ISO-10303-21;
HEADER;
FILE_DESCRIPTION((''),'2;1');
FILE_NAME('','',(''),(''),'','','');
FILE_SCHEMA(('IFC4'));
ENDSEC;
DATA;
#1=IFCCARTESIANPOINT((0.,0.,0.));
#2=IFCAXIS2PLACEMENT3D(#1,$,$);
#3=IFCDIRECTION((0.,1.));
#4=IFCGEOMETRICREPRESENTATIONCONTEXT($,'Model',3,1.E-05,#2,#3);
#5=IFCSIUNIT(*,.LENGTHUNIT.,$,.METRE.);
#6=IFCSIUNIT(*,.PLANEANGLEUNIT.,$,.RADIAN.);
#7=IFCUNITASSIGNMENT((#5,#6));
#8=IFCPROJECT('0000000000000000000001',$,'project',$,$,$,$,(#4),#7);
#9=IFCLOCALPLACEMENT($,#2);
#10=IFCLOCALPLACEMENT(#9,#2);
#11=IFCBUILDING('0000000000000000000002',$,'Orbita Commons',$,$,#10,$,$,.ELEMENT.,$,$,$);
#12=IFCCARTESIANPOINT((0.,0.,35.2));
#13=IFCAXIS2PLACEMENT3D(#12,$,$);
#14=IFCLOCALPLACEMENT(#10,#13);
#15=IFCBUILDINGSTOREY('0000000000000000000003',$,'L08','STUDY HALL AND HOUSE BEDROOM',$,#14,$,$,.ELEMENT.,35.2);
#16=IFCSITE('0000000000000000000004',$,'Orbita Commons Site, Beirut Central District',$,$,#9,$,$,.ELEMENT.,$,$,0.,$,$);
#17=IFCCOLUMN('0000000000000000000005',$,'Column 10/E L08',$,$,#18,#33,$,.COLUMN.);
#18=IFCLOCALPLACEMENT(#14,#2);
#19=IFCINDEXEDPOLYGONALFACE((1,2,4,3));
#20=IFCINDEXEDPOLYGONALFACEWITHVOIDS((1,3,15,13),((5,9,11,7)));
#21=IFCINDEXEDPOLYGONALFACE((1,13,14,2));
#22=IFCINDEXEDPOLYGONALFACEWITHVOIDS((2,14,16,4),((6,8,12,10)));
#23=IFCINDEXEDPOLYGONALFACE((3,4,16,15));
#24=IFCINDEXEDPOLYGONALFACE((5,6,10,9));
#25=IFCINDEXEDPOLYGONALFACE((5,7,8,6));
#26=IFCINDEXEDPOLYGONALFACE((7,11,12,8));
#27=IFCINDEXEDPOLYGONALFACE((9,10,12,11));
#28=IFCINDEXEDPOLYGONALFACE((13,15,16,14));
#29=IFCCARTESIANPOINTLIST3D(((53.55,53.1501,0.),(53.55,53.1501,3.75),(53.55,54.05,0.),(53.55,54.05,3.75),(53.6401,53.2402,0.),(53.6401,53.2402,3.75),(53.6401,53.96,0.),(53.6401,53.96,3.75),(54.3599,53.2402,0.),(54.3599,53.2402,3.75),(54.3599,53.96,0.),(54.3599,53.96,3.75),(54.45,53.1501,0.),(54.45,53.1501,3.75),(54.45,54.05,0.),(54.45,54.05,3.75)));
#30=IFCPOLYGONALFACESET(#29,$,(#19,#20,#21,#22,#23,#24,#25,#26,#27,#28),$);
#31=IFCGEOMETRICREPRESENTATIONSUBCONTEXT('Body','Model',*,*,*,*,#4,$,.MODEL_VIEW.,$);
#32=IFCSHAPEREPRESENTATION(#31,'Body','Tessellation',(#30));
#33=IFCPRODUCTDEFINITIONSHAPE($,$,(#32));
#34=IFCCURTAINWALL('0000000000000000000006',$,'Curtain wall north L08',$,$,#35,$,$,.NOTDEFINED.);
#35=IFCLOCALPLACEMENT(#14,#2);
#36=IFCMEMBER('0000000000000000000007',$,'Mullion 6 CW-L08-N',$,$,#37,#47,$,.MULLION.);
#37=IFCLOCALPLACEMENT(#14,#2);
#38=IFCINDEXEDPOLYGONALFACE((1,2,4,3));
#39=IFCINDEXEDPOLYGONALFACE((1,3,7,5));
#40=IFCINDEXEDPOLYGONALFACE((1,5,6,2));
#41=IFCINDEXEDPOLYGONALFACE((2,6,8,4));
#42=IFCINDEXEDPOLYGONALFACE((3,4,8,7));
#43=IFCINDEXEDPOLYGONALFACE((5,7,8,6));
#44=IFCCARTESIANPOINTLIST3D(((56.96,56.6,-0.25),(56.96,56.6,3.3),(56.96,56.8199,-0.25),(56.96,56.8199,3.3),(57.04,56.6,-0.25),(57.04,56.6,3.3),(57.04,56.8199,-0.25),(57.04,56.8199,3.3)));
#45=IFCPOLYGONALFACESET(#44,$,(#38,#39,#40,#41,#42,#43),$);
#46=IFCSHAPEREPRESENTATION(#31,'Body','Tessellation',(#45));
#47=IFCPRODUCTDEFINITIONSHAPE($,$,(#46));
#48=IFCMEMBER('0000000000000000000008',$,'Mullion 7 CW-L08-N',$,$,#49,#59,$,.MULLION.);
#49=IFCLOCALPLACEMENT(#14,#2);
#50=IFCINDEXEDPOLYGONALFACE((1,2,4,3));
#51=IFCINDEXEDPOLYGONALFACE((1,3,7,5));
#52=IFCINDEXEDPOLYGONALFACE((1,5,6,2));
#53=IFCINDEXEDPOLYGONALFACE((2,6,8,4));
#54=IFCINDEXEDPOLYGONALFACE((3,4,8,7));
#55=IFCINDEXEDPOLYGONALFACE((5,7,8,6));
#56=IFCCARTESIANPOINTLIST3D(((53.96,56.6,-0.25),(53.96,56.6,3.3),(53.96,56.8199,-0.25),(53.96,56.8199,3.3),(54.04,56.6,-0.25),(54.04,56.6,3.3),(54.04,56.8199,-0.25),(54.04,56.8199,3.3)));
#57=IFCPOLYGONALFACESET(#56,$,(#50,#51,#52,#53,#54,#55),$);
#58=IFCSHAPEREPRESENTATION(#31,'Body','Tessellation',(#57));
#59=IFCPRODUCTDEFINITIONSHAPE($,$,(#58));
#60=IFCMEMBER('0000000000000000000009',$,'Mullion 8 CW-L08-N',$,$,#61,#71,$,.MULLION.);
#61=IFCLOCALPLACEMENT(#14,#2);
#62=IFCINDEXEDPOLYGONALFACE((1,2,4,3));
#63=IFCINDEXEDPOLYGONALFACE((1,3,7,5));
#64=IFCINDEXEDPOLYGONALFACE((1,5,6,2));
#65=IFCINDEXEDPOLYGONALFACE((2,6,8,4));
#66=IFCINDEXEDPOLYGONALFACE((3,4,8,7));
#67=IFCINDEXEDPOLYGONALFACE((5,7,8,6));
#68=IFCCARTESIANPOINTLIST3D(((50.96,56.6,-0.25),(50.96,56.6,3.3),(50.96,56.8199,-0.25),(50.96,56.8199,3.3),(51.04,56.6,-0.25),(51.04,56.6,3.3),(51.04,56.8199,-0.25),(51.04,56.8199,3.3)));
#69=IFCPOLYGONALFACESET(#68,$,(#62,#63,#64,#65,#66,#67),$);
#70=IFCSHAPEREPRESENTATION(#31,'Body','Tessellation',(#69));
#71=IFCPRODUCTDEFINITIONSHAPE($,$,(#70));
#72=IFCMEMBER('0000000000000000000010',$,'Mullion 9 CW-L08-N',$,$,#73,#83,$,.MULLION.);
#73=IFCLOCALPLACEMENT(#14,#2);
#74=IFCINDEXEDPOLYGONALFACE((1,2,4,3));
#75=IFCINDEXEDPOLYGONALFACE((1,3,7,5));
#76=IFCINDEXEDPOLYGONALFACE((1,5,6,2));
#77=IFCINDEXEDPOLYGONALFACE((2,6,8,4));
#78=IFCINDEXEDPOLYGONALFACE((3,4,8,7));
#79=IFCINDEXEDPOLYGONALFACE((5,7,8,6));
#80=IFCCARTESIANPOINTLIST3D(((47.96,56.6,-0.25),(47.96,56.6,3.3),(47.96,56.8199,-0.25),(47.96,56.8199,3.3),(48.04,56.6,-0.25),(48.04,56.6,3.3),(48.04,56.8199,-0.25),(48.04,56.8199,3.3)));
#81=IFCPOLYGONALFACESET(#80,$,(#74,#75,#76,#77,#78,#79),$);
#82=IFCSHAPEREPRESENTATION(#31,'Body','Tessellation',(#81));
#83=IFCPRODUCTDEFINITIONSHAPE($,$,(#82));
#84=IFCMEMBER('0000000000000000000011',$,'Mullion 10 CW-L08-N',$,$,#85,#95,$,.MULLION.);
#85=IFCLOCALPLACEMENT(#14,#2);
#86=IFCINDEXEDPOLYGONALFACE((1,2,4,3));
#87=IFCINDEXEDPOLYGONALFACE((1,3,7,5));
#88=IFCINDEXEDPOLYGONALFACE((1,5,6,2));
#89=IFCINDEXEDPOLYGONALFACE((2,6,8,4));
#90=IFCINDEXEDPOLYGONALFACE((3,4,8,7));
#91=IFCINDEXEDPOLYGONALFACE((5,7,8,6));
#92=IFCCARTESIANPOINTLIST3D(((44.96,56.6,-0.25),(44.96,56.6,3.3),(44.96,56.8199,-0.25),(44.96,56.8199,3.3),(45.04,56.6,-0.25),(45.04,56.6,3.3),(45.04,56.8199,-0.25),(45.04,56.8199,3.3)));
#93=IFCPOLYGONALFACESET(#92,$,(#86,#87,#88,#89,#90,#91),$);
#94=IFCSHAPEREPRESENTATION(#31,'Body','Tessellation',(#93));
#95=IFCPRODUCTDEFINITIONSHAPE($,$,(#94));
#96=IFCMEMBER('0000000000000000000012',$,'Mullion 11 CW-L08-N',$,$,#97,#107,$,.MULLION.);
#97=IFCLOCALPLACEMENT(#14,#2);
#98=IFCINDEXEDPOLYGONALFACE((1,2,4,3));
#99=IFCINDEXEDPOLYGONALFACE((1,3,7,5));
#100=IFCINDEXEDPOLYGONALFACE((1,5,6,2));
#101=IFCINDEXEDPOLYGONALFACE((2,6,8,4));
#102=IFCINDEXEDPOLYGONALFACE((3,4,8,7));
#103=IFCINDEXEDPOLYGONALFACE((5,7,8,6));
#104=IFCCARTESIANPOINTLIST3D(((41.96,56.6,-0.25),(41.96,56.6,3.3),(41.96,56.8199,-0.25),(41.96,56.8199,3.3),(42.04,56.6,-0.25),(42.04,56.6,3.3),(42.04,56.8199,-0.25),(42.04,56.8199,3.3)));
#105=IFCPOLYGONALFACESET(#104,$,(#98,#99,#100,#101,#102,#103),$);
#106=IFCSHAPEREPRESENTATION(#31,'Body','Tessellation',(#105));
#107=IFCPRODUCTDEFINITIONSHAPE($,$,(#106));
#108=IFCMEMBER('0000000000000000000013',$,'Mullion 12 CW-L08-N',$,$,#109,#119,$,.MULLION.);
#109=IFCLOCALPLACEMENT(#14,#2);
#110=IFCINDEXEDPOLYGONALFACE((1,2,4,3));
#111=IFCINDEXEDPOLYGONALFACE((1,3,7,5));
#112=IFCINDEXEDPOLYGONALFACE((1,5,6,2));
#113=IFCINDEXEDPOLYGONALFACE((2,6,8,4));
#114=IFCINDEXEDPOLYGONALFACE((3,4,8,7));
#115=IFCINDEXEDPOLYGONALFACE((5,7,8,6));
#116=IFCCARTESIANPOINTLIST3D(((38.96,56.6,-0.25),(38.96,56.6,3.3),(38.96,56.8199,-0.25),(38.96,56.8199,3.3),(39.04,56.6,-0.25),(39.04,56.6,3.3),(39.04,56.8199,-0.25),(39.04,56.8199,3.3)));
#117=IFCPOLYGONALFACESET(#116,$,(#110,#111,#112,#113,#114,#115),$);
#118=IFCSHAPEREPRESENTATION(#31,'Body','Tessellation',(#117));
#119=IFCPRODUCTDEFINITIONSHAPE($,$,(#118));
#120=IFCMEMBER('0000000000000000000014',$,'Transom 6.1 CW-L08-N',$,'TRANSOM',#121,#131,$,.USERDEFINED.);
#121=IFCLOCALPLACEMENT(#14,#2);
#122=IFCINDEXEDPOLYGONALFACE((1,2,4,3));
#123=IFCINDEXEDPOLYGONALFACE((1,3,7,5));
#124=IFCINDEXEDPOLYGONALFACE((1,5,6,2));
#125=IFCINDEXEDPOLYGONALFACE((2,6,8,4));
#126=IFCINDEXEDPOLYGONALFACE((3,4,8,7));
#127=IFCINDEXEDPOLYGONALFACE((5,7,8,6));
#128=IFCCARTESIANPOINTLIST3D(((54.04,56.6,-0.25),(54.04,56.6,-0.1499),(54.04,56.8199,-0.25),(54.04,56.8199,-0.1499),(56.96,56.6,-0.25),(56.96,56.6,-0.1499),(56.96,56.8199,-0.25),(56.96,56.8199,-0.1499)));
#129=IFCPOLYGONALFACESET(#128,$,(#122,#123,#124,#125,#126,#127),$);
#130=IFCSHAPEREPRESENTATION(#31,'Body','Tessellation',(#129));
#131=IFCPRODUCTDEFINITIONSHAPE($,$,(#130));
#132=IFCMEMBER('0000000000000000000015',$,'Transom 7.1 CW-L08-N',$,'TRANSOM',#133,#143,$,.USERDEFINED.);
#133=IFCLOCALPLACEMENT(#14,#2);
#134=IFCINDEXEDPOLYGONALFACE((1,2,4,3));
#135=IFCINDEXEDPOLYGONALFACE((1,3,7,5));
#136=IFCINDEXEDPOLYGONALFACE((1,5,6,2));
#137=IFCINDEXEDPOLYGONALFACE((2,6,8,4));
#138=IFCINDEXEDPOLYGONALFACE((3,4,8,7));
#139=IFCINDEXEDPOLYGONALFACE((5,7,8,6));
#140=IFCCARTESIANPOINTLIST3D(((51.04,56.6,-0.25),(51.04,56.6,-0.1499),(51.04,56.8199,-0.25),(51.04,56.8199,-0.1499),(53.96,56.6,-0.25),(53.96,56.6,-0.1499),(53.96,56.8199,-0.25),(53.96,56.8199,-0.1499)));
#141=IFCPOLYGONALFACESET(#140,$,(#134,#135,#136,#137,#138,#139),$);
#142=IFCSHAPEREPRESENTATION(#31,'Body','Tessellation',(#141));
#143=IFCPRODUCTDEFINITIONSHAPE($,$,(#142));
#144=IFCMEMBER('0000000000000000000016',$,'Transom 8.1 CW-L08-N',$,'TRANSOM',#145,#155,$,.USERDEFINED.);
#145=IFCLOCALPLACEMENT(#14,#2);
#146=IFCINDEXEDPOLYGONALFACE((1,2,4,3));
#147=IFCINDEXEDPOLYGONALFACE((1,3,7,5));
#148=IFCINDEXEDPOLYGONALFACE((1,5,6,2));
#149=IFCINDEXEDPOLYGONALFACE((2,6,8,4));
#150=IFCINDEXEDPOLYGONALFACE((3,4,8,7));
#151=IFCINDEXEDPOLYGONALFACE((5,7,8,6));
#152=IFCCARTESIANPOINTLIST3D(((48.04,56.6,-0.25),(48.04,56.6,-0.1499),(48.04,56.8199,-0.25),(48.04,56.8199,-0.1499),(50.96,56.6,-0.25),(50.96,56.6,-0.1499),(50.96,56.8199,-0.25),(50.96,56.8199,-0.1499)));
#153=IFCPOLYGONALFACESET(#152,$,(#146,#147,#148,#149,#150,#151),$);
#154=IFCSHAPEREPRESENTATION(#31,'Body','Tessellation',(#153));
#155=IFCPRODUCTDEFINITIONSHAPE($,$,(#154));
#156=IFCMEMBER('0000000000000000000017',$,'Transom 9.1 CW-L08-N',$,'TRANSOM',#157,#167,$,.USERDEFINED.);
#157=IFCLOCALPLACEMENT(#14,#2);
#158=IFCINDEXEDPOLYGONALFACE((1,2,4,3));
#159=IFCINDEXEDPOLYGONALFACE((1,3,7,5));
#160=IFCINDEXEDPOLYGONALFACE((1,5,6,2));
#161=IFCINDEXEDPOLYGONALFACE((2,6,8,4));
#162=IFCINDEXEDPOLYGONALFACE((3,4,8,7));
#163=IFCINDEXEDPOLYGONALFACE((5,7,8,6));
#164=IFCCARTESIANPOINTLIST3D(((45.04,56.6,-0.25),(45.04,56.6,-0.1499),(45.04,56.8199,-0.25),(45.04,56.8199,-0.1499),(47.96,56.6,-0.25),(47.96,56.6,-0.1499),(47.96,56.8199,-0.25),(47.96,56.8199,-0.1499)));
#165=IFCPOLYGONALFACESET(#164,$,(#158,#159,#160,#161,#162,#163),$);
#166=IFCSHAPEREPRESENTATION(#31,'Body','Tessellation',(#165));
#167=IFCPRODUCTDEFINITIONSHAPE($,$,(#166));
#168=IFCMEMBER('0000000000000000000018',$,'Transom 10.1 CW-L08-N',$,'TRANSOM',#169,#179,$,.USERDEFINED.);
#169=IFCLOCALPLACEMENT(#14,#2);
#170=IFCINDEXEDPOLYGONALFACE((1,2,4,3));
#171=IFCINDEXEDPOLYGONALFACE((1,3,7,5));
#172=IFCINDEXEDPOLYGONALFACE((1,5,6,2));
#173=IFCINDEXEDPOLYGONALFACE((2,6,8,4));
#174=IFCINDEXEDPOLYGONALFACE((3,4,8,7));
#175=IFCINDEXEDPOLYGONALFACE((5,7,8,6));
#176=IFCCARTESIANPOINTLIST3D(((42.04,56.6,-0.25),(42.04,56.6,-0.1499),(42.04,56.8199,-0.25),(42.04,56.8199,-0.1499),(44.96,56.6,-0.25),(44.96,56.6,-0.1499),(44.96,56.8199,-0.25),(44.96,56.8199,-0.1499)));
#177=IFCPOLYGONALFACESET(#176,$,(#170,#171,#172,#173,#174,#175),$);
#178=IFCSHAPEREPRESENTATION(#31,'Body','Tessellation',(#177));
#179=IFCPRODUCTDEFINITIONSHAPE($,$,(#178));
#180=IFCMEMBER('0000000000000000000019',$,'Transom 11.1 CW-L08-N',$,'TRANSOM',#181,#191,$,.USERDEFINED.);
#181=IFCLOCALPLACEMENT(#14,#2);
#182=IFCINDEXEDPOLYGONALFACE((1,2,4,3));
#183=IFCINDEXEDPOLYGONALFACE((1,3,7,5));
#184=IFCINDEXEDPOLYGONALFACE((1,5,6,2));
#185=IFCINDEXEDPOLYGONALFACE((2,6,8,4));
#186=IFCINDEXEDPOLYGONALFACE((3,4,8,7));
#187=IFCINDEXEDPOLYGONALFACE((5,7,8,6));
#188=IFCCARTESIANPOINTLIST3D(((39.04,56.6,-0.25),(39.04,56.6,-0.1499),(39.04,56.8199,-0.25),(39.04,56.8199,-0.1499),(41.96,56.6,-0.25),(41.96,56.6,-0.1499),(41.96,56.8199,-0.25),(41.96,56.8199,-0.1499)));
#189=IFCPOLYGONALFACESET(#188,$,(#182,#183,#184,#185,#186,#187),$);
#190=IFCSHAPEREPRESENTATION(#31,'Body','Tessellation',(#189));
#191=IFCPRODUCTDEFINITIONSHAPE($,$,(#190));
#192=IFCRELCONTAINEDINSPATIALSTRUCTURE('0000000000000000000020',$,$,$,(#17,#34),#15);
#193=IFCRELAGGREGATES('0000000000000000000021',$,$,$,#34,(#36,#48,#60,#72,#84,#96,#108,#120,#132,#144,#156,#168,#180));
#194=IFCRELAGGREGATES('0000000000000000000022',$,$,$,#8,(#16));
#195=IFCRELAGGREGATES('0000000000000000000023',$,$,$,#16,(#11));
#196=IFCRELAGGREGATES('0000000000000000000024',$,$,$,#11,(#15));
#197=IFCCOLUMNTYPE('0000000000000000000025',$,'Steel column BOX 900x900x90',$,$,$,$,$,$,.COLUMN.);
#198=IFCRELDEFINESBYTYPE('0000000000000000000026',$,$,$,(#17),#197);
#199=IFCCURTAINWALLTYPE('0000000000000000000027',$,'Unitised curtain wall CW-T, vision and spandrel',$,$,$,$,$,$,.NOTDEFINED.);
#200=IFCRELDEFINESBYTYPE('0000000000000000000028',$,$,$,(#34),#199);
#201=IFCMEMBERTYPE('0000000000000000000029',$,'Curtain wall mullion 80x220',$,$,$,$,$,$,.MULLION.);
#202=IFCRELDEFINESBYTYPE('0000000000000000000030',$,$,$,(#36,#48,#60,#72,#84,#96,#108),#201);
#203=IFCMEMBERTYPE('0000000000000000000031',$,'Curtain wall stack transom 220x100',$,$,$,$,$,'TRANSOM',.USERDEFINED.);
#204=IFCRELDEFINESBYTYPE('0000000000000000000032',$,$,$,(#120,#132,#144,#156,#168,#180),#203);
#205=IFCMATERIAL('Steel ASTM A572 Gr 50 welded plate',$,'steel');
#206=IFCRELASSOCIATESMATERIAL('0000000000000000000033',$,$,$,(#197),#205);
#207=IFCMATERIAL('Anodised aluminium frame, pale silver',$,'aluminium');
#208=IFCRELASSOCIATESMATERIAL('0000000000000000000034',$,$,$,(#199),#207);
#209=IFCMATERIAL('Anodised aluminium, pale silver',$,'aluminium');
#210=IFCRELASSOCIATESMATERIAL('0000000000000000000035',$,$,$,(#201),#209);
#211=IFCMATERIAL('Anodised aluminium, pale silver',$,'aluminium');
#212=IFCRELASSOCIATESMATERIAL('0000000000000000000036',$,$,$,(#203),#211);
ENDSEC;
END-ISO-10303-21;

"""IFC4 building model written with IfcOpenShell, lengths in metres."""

from ifc_helpers import new_model, si_unit, direction, frame, origin, origin_2d, place, context, subcontext, project, spatial, rectangle, hollow_rectangle, extrude, material, material_profile, profile_set, type_object, element, aggregate, save


model = new_model("IFC4")

# Units and contexts
model_context = context("Model", 3, precision=1e-05, world=origin(), true_north=direction((0.0, 1.0)))
body_context = subcontext(model_context, "Body", "Model", "MODEL_VIEW")
ifc_project = project(units=[si_unit("LENGTHUNIT", "METRE"), si_unit("PLANEANGLEUNIT", "RADIAN")], contexts=[model_context])

# Site, building, storey
site_placement = place(None, origin())
site = spatial("IfcSite", under=ifc_project, at=site_placement, Name="Orbita Commons Site, Beirut Central District", CompositionType="ELEMENT", RefElevation=0.0)
building_placement = place(site_placement, origin())
building = spatial("IfcBuilding", under=site, at=building_placement, Name="Orbita Commons", CompositionType="ELEMENT")
storey_placement = place(building_placement, frame((0.0, 0.0, 35.2)))
storey = spatial("IfcBuildingStorey", under=building, at=storey_placement, Name="L08", Description="STUDY HALL AND HOUSE BEDROOM", CompositionType="ELEMENT", Elevation=35.2)

# Column
ifc_material_1 = material(Name="Steel ASTM A572 Gr 50 welded plate", Category="steel")
ifc_material_profile_1 = material_profile(ifc_material_1, hollow_rectangle(XDim=0.8999, YDim=0.8999, WallThickness=0.0901, at=origin_2d()), Name="BOX 900x900x90")
ifc_profile_set_1 = profile_set([ifc_material_profile_1], Name="Steel ASTM A572 Gr 50 welded plate")
column_type = type_object("IfcColumnType", Name="Steel column BOX 900x900x90", PredefinedType="COLUMN", material=ifc_profile_set_1)
column_placement = place(storey_placement, frame((54.0, 53.6001, 0.0), z_axis=(0.0, 0.0, 1.0), x_axis=(1.0, 0.0, 0.0)))
element("IfcColumn", 1, at=column_placement, inside=storey, type_object=column_type, Name="Column 10/E L08", PredefinedType="COLUMN", context=body_context, shape_type="SweptSolid", body=[
    extrude(hollow_rectangle(XDim=0.8999, YDim=0.8999, WallThickness=0.0901, at=origin_2d()), origin(), (0.0, 0.0, 1.0), 3.75),
])

# Curtain wall, members
ifc_material_2 = material(Name="Anodised aluminium frame, pale silver", Category="aluminium")
curtain_wall_type = type_object("IfcCurtainWallType", Name="Unitised curtain wall CW-T, vision and spandrel", PredefinedType="NOTDEFINED", material=ifc_material_2)
curtain_wall_placement = place(storey_placement, origin())
curtain_wall = element("IfcCurtainWall", 2, at=curtain_wall_placement, inside=storey, type_object=curtain_wall_type, Name="Curtain wall north L08", PredefinedType="NOTDEFINED")
ifc_material_3 = material(Name="Anodised aluminium, pale silver", Category="aluminium")
ifc_material_profile_2 = material_profile(ifc_material_3, rectangle(XDim=0.0801, YDim=0.22, at=origin_2d()), Name="AL 80x220")
ifc_profile_set_2 = profile_set([ifc_material_profile_2], Name="Anodised aluminium, pale silver")
member_type_1 = type_object("IfcMemberType", Name="Curtain wall mullion 80x220", PredefinedType="MULLION", material=ifc_profile_set_2)
member_1_placement = place(storey_placement, frame((57.0, 56.71, -0.25), z_axis=(0.0, 0.0, 1.0), x_axis=(-1.0, 0.0, 0.0)))
member_1 = element("IfcMember", 3, at=member_1_placement, type_object=member_type_1, Name="Mullion 6 CW-L08-N", PredefinedType="MULLION", context=body_context, shape_type="SweptSolid", body=[
    extrude(rectangle(XDim=0.0801, YDim=0.22, at=origin_2d()), origin(), (0.0, 0.0, 1.0), 3.55),
])
member_2_placement = place(storey_placement, frame((54.0, 56.71, -0.25), z_axis=(0.0, 0.0, 1.0), x_axis=(-1.0, 0.0, 0.0)))
member_2 = element("IfcMember", 4, at=member_2_placement, type_object=member_type_1, Name="Mullion 7 CW-L08-N", PredefinedType="MULLION", context=body_context, shape_type="SweptSolid", body=[
    extrude(rectangle(XDim=0.0801, YDim=0.22, at=origin_2d()), origin(), (0.0, 0.0, 1.0), 3.55),
])
member_3_placement = place(storey_placement, frame((51.0, 56.71, -0.25), z_axis=(0.0, 0.0, 1.0), x_axis=(-1.0, 0.0, 0.0)))
member_3 = element("IfcMember", 5, at=member_3_placement, type_object=member_type_1, Name="Mullion 8 CW-L08-N", PredefinedType="MULLION", context=body_context, shape_type="SweptSolid", body=[
    extrude(rectangle(XDim=0.0801, YDim=0.22, at=origin_2d()), origin(), (0.0, 0.0, 1.0), 3.55),
])
member_4_placement = place(storey_placement, frame((48.0, 56.71, -0.25), z_axis=(0.0, 0.0, 1.0), x_axis=(-1.0, 0.0, 0.0)))
member_4 = element("IfcMember", 6, at=member_4_placement, type_object=member_type_1, Name="Mullion 9 CW-L08-N", PredefinedType="MULLION", context=body_context, shape_type="SweptSolid", body=[
    extrude(rectangle(XDim=0.0801, YDim=0.22, at=origin_2d()), origin(), (0.0, 0.0, 1.0), 3.55),
])
member_5_placement = place(storey_placement, frame((45.0, 56.71, -0.25), z_axis=(0.0, 0.0, 1.0), x_axis=(-1.0, 0.0, 0.0)))
member_5 = element("IfcMember", 7, at=member_5_placement, type_object=member_type_1, Name="Mullion 10 CW-L08-N", PredefinedType="MULLION", context=body_context, shape_type="SweptSolid", body=[
    extrude(rectangle(XDim=0.0801, YDim=0.22, at=origin_2d()), origin(), (0.0, 0.0, 1.0), 3.55),
])
member_6_placement = place(storey_placement, frame((42.0, 56.71, -0.25), z_axis=(0.0, 0.0, 1.0), x_axis=(-1.0, 0.0, 0.0)))
member_6 = element("IfcMember", 8, at=member_6_placement, type_object=member_type_1, Name="Mullion 11 CW-L08-N", PredefinedType="MULLION", context=body_context, shape_type="SweptSolid", body=[
    extrude(rectangle(XDim=0.0801, YDim=0.22, at=origin_2d()), origin(), (0.0, 0.0, 1.0), 3.55),
])
member_7_placement = place(storey_placement, frame((39.0, 56.71, -0.25), z_axis=(0.0, 0.0, 1.0), x_axis=(-1.0, 0.0, 0.0)))
member_7 = element("IfcMember", 9, at=member_7_placement, type_object=member_type_1, Name="Mullion 12 CW-L08-N", PredefinedType="MULLION", context=body_context, shape_type="SweptSolid", body=[
    extrude(rectangle(XDim=0.0801, YDim=0.22, at=origin_2d()), origin(), (0.0, 0.0, 1.0), 3.55),
])
ifc_material_4 = material(Name="Anodised aluminium, pale silver", Category="aluminium")
ifc_material_profile_3 = material_profile(ifc_material_4, rectangle(XDim=0.22, YDim=0.1001, at=origin_2d()), Name="AL 220x100")
ifc_profile_set_3 = profile_set([ifc_material_profile_3], Name="Anodised aluminium, pale silver")
member_type_2 = type_object("IfcMemberType", Name="Curtain wall stack transom 220x100", ElementType="TRANSOM", PredefinedType="USERDEFINED", material=ifc_profile_set_3)
member_8_placement = place(storey_placement, frame((56.96, 56.71, -0.2), z_axis=(-1.0, 0.0, 0.0), x_axis=(0.0, -1.0, 0.0)))
member_8 = element("IfcMember", 10, at=member_8_placement, type_object=member_type_2, Name="Transom 6.1 CW-L08-N", ObjectType="TRANSOM", PredefinedType="USERDEFINED", context=body_context, shape_type="SweptSolid", body=[
    extrude(rectangle(XDim=0.22, YDim=0.1001, at=origin_2d()), origin(), (0.0, 0.0, 1.0), 2.9199),
])
member_9_placement = place(storey_placement, frame((53.96, 56.71, -0.2), z_axis=(-1.0, 0.0, 0.0), x_axis=(0.0, -1.0, 0.0)))
member_9 = element("IfcMember", 11, at=member_9_placement, type_object=member_type_2, Name="Transom 7.1 CW-L08-N", ObjectType="TRANSOM", PredefinedType="USERDEFINED", context=body_context, shape_type="SweptSolid", body=[
    extrude(rectangle(XDim=0.22, YDim=0.1001, at=origin_2d()), origin(), (0.0, 0.0, 1.0), 2.9199),
])
member_10_placement = place(storey_placement, frame((50.96, 56.71, -0.2), z_axis=(-1.0, 0.0, 0.0), x_axis=(0.0, -1.0, 0.0)))
member_10 = element("IfcMember", 12, at=member_10_placement, type_object=member_type_2, Name="Transom 8.1 CW-L08-N", ObjectType="TRANSOM", PredefinedType="USERDEFINED", context=body_context, shape_type="SweptSolid", body=[
    extrude(rectangle(XDim=0.22, YDim=0.1001, at=origin_2d()), origin(), (0.0, 0.0, 1.0), 2.9199),
])
member_11_placement = place(storey_placement, frame((47.96, 56.71, -0.2), z_axis=(-1.0, 0.0, 0.0), x_axis=(0.0, -1.0, 0.0)))
member_11 = element("IfcMember", 13, at=member_11_placement, type_object=member_type_2, Name="Transom 9.1 CW-L08-N", ObjectType="TRANSOM", PredefinedType="USERDEFINED", context=body_context, shape_type="SweptSolid", body=[
    extrude(rectangle(XDim=0.22, YDim=0.1001, at=origin_2d()), origin(), (0.0, 0.0, 1.0), 2.9199),
])
member_12_placement = place(storey_placement, frame((44.96, 56.71, -0.2), z_axis=(-1.0, 0.0, 0.0), x_axis=(0.0, -1.0, 0.0)))
member_12 = element("IfcMember", 14, at=member_12_placement, type_object=member_type_2, Name="Transom 10.1 CW-L08-N", ObjectType="TRANSOM", PredefinedType="USERDEFINED", context=body_context, shape_type="SweptSolid", body=[
    extrude(rectangle(XDim=0.22, YDim=0.1001, at=origin_2d()), origin(), (0.0, 0.0, 1.0), 2.9199),
])
member_13_placement = place(storey_placement, frame((41.96, 56.71, -0.2), z_axis=(-1.0, 0.0, 0.0), x_axis=(0.0, -1.0, 0.0)))
member_13 = element("IfcMember", 15, at=member_13_placement, type_object=member_type_2, Name="Transom 11.1 CW-L08-N", ObjectType="TRANSOM", PredefinedType="USERDEFINED", context=body_context, shape_type="SweptSolid", body=[
    extrude(rectangle(XDim=0.22, YDim=0.1001, at=origin_2d()), origin(), (0.0, 0.0, 1.0), 2.9199),
])

aggregate(curtain_wall, [member_1, member_2, member_3, member_4, member_5, member_6, member_7, member_8, member_9, member_10, member_11, member_12, member_13])

save(model, "model.ifc")
